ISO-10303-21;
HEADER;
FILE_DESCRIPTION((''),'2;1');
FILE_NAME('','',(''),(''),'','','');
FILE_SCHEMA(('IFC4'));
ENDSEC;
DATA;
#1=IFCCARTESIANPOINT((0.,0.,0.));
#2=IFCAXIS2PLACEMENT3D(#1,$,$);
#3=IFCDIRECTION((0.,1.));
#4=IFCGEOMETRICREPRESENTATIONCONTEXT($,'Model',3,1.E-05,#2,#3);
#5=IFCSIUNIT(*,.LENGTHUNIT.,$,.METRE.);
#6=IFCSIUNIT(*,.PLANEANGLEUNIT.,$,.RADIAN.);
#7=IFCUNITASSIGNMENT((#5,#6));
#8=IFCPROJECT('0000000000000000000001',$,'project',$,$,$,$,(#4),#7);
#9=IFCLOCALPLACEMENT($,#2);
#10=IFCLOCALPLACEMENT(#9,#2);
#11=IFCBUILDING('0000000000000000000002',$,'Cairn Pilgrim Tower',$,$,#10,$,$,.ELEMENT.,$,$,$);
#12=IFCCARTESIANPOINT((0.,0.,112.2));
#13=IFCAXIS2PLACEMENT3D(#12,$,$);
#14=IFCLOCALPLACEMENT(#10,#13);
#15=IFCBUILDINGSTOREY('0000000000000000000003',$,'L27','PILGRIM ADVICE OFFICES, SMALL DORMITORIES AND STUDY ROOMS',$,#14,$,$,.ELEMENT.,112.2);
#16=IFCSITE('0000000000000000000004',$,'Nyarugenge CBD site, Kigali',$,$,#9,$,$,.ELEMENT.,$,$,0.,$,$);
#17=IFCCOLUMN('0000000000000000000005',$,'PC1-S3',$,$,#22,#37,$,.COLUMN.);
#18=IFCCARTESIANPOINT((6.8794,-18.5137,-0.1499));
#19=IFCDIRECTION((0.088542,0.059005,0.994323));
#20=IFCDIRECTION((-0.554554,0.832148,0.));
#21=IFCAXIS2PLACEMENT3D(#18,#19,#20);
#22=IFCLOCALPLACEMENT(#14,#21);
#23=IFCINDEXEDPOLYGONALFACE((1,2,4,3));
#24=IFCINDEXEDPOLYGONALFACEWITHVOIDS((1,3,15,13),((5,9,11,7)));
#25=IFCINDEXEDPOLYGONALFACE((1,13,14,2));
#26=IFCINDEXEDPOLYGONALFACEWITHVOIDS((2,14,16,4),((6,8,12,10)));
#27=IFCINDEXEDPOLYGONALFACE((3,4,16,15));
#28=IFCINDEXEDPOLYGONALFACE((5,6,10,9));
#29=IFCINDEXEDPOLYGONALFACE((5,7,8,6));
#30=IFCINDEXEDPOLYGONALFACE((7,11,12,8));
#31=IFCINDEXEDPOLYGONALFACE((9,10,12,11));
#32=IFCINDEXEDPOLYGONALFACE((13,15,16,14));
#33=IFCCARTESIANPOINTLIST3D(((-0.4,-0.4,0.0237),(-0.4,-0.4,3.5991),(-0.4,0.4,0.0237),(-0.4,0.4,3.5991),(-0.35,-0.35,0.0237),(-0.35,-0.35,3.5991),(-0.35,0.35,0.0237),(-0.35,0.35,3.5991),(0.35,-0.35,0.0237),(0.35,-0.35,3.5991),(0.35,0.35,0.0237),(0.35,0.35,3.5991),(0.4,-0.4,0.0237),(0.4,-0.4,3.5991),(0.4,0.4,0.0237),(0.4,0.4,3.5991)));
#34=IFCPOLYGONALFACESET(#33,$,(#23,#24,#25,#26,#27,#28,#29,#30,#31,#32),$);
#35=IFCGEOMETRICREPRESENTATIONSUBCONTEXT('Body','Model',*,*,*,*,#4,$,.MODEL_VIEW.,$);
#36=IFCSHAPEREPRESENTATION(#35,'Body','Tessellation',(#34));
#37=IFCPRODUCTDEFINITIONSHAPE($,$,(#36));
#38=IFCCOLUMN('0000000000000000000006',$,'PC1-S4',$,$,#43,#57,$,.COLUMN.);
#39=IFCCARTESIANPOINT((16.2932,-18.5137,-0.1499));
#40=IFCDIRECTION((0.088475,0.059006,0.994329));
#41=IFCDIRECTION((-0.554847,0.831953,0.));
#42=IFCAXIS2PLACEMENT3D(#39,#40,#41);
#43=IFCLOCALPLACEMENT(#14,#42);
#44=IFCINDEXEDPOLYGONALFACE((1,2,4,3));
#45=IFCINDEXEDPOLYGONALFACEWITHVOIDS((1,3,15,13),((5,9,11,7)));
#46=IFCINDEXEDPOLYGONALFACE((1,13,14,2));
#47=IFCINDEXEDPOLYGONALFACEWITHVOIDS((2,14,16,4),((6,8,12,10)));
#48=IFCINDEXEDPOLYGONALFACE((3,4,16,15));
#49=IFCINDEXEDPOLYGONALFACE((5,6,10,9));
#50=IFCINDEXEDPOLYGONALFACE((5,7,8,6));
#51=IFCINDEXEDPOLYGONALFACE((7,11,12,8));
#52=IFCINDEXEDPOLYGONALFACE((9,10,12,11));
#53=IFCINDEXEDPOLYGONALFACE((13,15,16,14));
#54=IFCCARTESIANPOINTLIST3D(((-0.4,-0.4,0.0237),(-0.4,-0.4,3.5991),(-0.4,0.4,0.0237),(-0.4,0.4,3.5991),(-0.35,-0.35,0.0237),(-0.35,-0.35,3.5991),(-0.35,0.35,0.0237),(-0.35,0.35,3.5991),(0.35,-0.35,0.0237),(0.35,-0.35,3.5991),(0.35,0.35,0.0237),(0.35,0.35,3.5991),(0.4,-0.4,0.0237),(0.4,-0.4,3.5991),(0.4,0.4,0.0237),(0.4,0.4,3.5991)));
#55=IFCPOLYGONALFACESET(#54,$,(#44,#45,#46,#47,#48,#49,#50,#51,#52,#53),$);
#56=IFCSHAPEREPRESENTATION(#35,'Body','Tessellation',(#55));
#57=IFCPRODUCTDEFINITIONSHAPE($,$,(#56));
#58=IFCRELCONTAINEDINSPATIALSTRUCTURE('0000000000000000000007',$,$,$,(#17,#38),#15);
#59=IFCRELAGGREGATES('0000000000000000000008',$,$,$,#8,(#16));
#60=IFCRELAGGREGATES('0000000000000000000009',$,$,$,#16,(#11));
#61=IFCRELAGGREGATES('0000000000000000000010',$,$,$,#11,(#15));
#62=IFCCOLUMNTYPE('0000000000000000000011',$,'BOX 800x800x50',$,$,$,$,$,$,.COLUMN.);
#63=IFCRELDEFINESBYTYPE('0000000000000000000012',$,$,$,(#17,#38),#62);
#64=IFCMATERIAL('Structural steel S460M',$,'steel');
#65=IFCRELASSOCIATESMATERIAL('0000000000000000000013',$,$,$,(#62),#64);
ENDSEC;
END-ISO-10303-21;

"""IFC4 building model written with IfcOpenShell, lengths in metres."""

from ifc_helpers import new_model, si_unit, direction, frame, origin, origin_2d, place, context, subcontext, project, spatial, hollow_rectangle, extrude, clip, halfspace, material, material_profile, profile_set, type_object, element, save


model = new_model("IFC4")

# Units and contexts
model_context = context("Model", 3, precision=1e-05, world=origin(), true_north=direction((0.0, 1.0)))
body_context = subcontext(model_context, "Body", "Model", "MODEL_VIEW")
ifc_project = project(units=[si_unit("LENGTHUNIT", "METRE"), si_unit("PLANEANGLEUNIT", "RADIAN")], contexts=[model_context])

# Site, building, storey
site_placement = place(None, origin())
site = spatial("IfcSite", under=ifc_project, at=site_placement, Name="Nyarugenge CBD site, Kigali", CompositionType="ELEMENT", RefElevation=0.0)
building_placement = place(site_placement, origin())
building = spatial("IfcBuilding", under=site, at=building_placement, Name="Cairn Pilgrim Tower", CompositionType="ELEMENT")
storey_placement = place(building_placement, frame((0.0, 0.0, 112.2)))
storey = spatial("IfcBuildingStorey", under=building, at=storey_placement, Name="L27", Description="PILGRIM ADVICE OFFICES, SMALL DORMITORIES AND STUDY ROOMS", CompositionType="ELEMENT", Elevation=112.2)

# Columns
ifc_material_1 = material(Name="Structural steel S460M", Category="steel")
ifc_material_profile_1 = material_profile(ifc_material_1, hollow_rectangle(XDim=0.8, YDim=0.8, WallThickness=0.05, at=origin_2d()), Name="BOX 800x800x50")
ifc_profile_set_1 = profile_set([ifc_material_profile_1], Name="Structural steel S460M")
column_type_1 = type_object("IfcColumnType", Name="BOX 800x800x50", PredefinedType="COLUMN", material=ifc_profile_set_1)
for number, where, z_axis, x_axis, name in (
    (1, (6.8794, -18.5137, -0.1499), (0.088542, 0.059005, 0.994323), (-0.554554, 0.832148, 0.0), "PC1-S3"),
    (2, (16.2932, -18.5137, -0.1499), (0.088475, 0.059006, 0.994329), (-0.554847, 0.831953, 0.0), "PC1-S4"),
):
    element("IfcColumn", number, at=place(storey_placement, frame(where, z_axis=z_axis, x_axis=x_axis)), inside=storey, type_object=column_type_1, Name=name, PredefinedType="COLUMN", context=body_context, shape_type="Clipping", body=[
        clip(clip(extrude(hollow_rectangle(XDim=0.8, YDim=0.8, WallThickness=0.05, at=origin_2d()), origin(), (0.0, 0.0, 1.0), 3.6204), halfspace(frame((0.0, 0.0, 0.0237), z_axis=(0.0, 0.0, 1.0), x_axis=(1.0, 0.0, 0.0)), True)), halfspace(frame((0.0, 0.0, 3.5991), z_axis=(0.0, 0.0, 1.0), x_axis=(1.0, 0.0, 0.0)), False)),
    ])

save(model, "model.ifc")
